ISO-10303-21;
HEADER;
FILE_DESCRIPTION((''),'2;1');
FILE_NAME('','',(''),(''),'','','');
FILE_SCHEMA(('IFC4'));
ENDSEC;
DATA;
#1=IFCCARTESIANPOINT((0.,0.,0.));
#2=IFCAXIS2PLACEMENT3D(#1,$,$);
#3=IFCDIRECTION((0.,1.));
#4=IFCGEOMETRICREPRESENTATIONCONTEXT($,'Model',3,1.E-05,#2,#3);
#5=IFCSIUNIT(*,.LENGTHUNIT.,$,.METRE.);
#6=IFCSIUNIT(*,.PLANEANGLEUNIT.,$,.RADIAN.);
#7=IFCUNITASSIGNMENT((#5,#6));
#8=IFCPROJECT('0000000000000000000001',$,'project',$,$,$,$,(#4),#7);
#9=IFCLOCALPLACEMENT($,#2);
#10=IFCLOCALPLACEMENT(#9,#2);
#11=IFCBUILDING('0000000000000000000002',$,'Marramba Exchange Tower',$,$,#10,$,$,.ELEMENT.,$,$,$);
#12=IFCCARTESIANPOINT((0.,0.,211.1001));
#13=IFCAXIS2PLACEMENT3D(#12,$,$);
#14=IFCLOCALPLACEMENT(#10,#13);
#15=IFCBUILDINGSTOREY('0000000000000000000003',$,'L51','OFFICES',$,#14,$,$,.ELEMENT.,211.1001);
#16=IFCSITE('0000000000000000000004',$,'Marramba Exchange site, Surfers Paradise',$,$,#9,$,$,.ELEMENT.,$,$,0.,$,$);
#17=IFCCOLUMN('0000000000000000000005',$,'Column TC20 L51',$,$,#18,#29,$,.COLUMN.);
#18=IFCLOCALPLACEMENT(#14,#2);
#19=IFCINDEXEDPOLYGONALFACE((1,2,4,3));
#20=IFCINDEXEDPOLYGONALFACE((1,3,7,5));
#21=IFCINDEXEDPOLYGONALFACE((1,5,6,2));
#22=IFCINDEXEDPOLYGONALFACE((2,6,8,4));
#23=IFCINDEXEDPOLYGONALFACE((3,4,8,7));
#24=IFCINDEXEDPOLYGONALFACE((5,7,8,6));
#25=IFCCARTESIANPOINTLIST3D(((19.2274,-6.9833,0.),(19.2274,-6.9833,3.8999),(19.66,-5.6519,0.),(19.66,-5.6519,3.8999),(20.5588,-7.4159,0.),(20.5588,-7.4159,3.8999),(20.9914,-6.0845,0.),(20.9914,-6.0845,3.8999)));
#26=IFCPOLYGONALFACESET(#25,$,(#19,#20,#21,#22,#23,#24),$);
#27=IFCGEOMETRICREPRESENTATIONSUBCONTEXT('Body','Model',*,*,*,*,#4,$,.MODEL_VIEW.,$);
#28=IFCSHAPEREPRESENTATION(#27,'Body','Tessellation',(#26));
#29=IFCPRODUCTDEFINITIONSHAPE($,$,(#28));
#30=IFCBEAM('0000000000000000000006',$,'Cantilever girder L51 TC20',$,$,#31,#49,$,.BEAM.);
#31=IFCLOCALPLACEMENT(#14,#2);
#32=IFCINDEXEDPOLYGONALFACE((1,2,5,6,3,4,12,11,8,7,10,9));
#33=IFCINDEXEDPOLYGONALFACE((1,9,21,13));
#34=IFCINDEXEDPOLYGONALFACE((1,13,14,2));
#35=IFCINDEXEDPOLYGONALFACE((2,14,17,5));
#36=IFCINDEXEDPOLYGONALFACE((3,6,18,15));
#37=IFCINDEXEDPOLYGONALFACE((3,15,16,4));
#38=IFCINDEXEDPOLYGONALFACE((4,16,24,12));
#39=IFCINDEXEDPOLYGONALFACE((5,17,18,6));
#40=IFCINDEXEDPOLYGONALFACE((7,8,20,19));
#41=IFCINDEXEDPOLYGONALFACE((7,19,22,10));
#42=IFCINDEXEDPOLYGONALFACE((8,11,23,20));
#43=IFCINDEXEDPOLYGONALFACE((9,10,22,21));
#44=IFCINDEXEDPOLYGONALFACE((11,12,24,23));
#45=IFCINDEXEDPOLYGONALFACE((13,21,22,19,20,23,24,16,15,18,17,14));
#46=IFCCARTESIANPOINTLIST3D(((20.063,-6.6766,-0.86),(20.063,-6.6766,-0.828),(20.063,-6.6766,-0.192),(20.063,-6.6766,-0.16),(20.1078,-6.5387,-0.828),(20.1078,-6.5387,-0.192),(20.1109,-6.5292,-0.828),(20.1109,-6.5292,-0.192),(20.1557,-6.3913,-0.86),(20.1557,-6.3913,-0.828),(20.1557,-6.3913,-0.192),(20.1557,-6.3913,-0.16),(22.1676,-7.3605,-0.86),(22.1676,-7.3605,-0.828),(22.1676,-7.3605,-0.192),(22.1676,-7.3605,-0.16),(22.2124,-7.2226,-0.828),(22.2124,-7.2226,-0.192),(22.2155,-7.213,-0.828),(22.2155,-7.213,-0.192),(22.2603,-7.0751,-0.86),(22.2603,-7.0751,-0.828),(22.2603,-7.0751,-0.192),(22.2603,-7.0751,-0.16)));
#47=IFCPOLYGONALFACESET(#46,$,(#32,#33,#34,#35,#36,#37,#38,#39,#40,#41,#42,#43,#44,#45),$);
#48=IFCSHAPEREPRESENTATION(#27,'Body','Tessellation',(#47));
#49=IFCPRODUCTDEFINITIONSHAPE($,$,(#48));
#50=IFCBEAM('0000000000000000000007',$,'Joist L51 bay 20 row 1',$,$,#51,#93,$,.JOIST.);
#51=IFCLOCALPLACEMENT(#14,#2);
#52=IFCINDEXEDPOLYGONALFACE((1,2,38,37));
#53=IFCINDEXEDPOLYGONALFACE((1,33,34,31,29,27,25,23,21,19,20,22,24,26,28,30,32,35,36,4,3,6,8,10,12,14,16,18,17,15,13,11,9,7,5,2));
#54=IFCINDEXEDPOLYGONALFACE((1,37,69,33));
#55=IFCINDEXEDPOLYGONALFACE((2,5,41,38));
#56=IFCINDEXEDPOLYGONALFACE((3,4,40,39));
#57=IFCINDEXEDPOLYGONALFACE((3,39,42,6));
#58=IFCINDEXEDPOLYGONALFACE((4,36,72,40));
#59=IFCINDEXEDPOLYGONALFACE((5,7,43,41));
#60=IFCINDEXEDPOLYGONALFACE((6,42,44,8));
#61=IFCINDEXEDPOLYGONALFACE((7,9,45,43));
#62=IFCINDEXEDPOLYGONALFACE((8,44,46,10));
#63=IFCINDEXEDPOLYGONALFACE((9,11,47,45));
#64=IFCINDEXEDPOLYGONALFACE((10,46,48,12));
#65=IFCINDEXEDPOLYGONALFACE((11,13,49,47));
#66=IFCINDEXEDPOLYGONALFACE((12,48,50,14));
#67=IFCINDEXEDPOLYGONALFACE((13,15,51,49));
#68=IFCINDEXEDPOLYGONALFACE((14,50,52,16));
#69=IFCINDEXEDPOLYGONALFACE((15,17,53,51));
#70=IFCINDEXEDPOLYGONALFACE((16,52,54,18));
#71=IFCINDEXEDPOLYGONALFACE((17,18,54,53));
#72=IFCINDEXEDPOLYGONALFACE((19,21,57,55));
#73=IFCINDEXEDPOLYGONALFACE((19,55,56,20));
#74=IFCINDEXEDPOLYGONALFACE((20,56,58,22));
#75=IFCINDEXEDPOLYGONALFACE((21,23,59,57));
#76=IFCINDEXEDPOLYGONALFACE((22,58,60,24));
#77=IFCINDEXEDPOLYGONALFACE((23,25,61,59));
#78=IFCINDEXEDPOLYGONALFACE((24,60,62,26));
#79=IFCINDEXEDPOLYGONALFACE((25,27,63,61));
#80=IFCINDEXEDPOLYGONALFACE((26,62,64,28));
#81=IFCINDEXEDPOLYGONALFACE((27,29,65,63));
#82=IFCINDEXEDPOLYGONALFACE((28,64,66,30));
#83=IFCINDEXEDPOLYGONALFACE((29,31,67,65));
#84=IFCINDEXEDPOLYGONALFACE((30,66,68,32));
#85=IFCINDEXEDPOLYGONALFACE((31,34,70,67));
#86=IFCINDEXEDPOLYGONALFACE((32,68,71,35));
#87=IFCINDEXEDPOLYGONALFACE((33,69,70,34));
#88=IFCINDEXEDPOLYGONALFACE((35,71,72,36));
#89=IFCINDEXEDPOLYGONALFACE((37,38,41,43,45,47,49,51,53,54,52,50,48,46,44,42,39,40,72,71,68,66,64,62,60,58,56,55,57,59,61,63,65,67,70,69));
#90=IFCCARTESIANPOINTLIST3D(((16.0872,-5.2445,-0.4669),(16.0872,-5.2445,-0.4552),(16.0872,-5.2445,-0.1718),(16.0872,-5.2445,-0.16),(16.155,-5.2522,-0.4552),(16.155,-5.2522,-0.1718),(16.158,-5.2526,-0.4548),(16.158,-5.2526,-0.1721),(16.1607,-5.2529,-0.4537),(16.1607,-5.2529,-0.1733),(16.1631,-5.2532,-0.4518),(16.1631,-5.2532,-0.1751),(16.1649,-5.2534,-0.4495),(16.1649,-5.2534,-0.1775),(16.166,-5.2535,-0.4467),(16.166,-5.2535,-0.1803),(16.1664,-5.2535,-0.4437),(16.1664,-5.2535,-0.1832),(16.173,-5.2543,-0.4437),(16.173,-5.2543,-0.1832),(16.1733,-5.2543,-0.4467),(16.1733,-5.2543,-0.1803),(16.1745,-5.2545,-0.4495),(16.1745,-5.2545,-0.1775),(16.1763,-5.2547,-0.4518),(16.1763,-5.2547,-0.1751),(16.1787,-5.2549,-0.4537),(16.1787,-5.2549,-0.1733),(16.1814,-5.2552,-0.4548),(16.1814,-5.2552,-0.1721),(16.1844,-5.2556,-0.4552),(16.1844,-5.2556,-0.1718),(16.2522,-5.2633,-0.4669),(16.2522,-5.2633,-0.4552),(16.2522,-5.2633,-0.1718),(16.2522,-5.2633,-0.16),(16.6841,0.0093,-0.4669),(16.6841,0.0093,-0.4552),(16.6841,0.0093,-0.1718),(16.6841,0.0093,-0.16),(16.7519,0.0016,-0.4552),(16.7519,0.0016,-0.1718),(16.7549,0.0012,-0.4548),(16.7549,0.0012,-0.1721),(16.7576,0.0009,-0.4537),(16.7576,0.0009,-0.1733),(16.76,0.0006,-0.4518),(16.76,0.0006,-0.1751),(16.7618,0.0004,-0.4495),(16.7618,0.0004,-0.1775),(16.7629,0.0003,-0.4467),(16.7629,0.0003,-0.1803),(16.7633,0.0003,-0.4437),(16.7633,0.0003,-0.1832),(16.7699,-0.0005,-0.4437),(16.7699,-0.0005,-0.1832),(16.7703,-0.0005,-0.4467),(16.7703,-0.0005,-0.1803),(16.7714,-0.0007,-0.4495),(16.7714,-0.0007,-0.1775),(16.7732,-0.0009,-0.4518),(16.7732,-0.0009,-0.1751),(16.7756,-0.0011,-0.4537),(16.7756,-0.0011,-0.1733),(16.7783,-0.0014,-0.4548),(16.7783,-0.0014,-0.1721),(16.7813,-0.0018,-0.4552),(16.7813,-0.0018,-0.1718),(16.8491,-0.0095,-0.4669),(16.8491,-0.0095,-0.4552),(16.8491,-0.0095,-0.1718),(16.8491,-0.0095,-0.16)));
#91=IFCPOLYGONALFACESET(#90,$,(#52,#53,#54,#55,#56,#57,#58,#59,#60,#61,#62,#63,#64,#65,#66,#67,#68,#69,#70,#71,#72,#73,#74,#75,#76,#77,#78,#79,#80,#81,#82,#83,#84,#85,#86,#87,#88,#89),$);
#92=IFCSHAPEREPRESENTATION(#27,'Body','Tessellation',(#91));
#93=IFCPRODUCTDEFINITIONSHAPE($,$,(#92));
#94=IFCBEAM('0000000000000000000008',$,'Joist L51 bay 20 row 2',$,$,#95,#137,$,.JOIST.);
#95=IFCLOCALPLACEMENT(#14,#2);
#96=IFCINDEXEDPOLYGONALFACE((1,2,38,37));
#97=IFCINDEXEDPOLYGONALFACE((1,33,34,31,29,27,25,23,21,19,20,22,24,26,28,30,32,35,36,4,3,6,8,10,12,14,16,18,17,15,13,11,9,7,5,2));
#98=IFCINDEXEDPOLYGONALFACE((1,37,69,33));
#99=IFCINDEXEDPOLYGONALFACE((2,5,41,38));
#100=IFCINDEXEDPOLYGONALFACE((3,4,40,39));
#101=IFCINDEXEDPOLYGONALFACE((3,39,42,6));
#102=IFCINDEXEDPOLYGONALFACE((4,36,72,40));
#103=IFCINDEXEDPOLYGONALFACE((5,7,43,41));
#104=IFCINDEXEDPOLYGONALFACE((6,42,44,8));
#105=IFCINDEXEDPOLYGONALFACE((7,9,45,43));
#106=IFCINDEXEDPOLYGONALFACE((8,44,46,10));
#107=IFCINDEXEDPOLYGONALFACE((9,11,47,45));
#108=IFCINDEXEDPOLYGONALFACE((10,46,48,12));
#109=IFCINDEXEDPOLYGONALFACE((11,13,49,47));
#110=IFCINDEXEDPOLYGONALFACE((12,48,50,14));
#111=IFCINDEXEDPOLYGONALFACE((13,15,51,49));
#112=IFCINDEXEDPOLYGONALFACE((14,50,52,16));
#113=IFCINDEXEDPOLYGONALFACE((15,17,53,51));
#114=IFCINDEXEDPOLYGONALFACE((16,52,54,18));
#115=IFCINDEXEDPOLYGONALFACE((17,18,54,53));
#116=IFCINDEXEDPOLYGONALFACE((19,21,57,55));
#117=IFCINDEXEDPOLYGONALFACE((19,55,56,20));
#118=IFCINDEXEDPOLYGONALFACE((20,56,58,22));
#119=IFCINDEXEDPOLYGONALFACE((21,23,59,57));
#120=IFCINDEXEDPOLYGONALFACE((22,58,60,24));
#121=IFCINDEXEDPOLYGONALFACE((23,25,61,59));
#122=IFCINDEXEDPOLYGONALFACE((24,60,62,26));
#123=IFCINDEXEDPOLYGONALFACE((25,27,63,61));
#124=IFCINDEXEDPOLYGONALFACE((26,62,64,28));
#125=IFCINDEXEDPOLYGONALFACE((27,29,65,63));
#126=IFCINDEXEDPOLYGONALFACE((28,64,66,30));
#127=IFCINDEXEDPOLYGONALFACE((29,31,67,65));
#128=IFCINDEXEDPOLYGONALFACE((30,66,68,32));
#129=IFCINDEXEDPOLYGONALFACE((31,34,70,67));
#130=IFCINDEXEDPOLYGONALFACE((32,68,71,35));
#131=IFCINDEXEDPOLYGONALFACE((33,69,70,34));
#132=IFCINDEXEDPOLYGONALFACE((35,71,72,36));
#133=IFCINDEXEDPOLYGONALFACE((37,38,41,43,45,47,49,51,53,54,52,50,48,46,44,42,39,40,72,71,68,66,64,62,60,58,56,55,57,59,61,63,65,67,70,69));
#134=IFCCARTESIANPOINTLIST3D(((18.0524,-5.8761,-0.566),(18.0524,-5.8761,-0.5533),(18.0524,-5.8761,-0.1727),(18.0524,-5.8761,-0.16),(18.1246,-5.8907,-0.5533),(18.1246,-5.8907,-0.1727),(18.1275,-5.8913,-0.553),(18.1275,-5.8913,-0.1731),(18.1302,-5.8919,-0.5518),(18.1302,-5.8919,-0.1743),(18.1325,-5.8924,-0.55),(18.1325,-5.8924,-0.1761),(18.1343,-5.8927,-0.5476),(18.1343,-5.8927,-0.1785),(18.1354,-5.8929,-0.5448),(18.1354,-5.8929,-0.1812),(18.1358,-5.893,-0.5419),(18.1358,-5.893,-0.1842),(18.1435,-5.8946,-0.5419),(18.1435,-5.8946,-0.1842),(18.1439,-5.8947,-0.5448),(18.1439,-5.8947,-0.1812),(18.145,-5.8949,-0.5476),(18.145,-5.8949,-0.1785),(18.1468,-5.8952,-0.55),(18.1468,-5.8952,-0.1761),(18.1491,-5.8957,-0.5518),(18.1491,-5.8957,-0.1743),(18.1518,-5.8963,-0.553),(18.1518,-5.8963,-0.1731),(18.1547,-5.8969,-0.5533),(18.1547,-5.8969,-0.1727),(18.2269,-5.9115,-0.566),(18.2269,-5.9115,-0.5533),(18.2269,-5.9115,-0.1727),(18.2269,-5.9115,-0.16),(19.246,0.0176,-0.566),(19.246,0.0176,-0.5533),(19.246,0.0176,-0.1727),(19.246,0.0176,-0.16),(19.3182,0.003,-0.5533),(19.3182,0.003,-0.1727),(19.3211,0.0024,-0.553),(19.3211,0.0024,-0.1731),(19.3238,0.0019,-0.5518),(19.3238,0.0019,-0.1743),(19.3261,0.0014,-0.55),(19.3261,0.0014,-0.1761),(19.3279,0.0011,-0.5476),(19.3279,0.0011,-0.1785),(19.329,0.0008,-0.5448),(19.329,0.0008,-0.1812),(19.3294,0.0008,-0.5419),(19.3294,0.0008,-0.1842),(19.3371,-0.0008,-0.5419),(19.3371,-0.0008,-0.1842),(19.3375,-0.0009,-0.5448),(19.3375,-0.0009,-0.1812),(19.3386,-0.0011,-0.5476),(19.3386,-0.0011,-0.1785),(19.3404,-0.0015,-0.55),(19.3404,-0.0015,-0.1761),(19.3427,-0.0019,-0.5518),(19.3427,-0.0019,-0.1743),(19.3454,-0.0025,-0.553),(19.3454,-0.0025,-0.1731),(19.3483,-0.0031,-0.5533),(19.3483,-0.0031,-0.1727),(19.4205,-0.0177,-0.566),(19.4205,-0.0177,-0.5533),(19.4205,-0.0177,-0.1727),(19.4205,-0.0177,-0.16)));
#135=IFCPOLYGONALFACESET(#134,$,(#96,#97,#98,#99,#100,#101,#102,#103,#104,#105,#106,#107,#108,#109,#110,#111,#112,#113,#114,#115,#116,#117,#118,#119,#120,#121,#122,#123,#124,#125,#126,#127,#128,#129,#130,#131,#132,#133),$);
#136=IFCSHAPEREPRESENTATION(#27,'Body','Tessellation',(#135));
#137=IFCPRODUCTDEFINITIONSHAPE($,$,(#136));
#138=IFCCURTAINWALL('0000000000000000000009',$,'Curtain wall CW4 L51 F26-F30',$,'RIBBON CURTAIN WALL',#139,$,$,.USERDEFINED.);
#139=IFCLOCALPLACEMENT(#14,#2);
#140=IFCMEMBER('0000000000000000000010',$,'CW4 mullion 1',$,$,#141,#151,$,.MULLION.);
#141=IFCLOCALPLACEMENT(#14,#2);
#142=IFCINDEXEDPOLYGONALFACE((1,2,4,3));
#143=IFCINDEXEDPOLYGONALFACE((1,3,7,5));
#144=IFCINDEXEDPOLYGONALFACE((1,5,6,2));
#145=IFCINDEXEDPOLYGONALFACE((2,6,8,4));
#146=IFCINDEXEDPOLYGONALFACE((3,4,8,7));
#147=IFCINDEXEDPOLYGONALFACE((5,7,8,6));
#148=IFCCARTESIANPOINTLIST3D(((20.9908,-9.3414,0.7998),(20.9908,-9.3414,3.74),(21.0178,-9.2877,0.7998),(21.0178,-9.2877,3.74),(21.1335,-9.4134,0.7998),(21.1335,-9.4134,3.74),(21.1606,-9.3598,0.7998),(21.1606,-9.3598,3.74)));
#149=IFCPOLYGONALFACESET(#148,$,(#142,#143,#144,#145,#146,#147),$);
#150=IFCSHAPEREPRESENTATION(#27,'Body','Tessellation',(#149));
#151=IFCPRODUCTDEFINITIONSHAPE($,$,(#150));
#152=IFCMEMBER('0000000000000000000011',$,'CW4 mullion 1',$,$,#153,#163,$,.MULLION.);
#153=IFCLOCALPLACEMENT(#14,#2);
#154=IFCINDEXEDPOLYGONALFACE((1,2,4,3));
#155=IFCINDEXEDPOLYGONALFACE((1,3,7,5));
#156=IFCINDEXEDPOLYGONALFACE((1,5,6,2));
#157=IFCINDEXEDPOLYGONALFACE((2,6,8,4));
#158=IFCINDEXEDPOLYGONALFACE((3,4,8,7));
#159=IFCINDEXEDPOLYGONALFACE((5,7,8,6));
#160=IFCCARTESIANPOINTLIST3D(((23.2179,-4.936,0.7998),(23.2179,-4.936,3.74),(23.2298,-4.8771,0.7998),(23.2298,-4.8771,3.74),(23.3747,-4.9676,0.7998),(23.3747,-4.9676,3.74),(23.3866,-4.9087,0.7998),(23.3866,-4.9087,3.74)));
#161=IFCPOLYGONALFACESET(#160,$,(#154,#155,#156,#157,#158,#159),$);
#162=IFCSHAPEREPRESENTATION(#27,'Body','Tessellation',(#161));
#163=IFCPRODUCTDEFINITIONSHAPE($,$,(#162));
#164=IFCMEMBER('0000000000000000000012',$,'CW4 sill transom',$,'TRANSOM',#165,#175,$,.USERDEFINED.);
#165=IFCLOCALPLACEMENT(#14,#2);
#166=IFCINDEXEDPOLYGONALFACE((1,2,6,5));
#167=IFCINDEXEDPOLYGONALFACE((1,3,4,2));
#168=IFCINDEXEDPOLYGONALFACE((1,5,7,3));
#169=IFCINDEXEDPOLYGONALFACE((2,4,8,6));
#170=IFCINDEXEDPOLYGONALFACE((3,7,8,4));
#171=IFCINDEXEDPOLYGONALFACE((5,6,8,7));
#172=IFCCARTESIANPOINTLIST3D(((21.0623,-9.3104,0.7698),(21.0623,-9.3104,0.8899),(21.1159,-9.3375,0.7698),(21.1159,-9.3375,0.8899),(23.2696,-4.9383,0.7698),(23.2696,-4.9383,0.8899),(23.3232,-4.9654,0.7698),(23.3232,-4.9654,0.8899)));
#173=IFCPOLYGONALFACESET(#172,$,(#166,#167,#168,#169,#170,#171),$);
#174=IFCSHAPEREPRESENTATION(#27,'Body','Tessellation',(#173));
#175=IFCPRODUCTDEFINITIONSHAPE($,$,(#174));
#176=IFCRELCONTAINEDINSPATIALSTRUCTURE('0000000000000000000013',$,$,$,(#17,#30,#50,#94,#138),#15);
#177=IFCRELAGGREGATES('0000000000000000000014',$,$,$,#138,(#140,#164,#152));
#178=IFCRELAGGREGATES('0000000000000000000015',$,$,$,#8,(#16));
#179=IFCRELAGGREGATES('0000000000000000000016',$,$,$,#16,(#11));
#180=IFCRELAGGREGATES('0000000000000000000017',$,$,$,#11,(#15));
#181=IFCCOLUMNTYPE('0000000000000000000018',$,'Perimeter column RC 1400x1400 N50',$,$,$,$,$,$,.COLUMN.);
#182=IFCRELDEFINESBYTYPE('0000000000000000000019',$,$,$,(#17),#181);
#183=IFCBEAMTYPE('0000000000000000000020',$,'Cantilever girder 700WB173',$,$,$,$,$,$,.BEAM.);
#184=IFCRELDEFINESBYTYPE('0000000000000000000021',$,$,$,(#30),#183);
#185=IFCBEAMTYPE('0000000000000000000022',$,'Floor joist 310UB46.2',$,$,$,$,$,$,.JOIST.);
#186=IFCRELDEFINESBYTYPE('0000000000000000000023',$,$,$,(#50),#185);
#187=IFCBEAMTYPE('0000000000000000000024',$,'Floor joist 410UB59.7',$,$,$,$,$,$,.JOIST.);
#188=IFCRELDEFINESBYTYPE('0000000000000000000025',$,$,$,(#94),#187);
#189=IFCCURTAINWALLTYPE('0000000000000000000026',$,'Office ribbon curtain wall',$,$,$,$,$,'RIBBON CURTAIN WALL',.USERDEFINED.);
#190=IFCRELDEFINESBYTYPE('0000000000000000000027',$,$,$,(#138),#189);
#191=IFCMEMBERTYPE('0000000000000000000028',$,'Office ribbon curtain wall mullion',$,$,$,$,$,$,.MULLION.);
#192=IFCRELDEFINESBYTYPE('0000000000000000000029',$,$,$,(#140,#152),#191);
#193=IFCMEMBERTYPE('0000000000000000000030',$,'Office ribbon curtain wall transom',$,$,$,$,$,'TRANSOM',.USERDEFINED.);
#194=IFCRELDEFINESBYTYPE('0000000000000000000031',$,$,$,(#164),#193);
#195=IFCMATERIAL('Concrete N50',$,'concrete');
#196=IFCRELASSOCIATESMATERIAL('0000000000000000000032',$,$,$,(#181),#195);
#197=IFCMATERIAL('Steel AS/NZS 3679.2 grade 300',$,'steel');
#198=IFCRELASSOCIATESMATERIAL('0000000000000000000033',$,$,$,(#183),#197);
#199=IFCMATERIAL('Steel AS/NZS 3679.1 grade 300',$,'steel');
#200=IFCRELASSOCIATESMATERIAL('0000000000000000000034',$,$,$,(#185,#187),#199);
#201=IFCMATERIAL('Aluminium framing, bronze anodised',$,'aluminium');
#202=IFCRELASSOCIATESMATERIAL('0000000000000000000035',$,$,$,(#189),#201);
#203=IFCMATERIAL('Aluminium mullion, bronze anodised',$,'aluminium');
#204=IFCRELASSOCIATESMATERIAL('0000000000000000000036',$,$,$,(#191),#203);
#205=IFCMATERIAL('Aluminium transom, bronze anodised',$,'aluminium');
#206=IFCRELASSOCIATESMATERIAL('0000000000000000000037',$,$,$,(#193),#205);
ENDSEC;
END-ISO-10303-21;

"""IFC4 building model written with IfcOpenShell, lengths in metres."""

from ifc_helpers import new_model, si_unit, direction, frame, origin, origin_2d, place, context, subcontext, project, spatial, rectangle, i_section, extrude, material, material_profile, profile_set, type_object, element, aggregate, save


model = new_model("IFC4")

# Units and contexts
model_context = context("Model", 3, precision=1e-05, world=origin(), true_north=direction((0.0, 1.0)))
body_context = subcontext(model_context, "Body", "Model", "MODEL_VIEW")
ifc_project = project(units=[si_unit("LENGTHUNIT", "METRE"), si_unit("PLANEANGLEUNIT", "RADIAN")], contexts=[model_context])

# Site, building, storey
site_placement = place(None, origin())
site = spatial("IfcSite", under=ifc_project, at=site_placement, Name="Marramba Exchange site, Surfers Paradise", CompositionType="ELEMENT", RefElevation=0.0)
building_placement = place(site_placement, origin())
building = spatial("IfcBuilding", under=site, at=building_placement, Name="Marramba Exchange Tower", CompositionType="ELEMENT")
storey_placement = place(building_placement, frame((0.0, 0.0, 211.1001)))
storey = spatial("IfcBuildingStorey", under=building, at=storey_placement, Name="L51", Description="OFFICES", CompositionType="ELEMENT", Elevation=211.1001)

# Column
ifc_material_1 = material(Name="Concrete N50", Category="concrete")
ifc_material_profile_1 = material_profile(ifc_material_1, rectangle(XDim=1.3999, YDim=1.3999, at=origin_2d()), Name="RC 1400x1400")
ifc_profile_set_1 = profile_set([ifc_material_profile_1], Name="Concrete N50")
column_type = type_object("IfcColumnType", Name="Perimeter column RC 1400x1400 N50", PredefinedType="COLUMN", material=ifc_profile_set_1)
column_placement = place(storey_placement, frame((20.1094, -6.5339, 0.0), z_axis=(0.0, 0.0, 1.0), x_axis=(0.951057, -0.309017, 0.0)))
element("IfcColumn", 1, at=column_placement, inside=storey, type_object=column_type, Name="Column TC20 L51", PredefinedType="COLUMN", context=body_context, shape_type="SweptSolid", body=[
    extrude(rectangle(XDim=1.3999, YDim=1.3999, at=origin_2d()), origin(), (0.0, 0.0, 1.0), 3.8999),
])

# Beams
ifc_material_2 = material(Name="Steel AS/NZS 3679.2 grade 300", Category="steel")
ifc_material_profile_2 = material_profile(ifc_material_2, i_section(OverallWidth=0.3, OverallDepth=0.7, WebThickness=0.01, FlangeThickness=0.032, at=origin_2d()), Name="700WB173")
ifc_profile_set_2 = profile_set([ifc_material_profile_2], Name="Steel AS/NZS 3679.2 grade 300")
beam_type_1 = type_object("IfcBeamType", Name="Cantilever girder 700WB173", PredefinedType="BEAM", material=ifc_profile_set_2)
beam_1_placement = place(storey_placement, frame((20.1094, -6.5339, -0.51), z_axis=(0.95105, -0.309036, 0.0), x_axis=(0.309036, 0.95105, 0.0)))
element("IfcBeam", 2, at=beam_1_placement, inside=storey, type_object=beam_type_1, Name="Cantilever girder L51 TC20", PredefinedType="BEAM", context=body_context, shape_type="SweptSolid", body=[
    extrude(i_section(OverallWidth=0.3, OverallDepth=0.7, WebThickness=0.01, FlangeThickness=0.032, at=origin_2d()), origin(), (0.0, 0.0, 1.0), 2.2129),
])
ifc_material_3 = material(Name="Steel AS/NZS 3679.1 grade 300", Category="steel")
ifc_material_profile_3 = material_profile(ifc_material_3, i_section(OverallWidth=0.166, OverallDepth=0.3069, WebThickness=0.0066, FlangeThickness=0.0117, FilletRadius=0.0115, at=origin_2d()), Name="310UB46.2")
ifc_profile_set_3 = profile_set([ifc_material_profile_3], Name="Steel AS/NZS 3679.1 grade 300")
beam_type_2 = type_object("IfcBeamType", Name="Floor joist 310UB46.2", PredefinedType="JOIST", material=ifc_profile_set_3)
beam_2_placement = place(storey_placement, frame((16.1697, -5.2539, -0.3135), z_axis=(0.112889, 0.993608, 0.0), x_axis=(-0.993608, 0.112889, 0.0)))
element("IfcBeam", 3, at=beam_2_placement, inside=storey, type_object=beam_type_2, Name="Joist L51 bay 20 row 1", PredefinedType="JOIST", context=body_context, shape_type="SweptSolid", body=[
    extrude(i_section(OverallWidth=0.166, OverallDepth=0.3069, WebThickness=0.0066, FlangeThickness=0.0117, FilletRadius=0.0115, at=origin_2d()), origin(), (0.0, 0.0, 1.0), 5.2876),
])
ifc_material_profile_4 = material_profile(ifc_material_3, i_section(OverallWidth=0.178, OverallDepth=0.406, WebThickness=0.0078, FlangeThickness=0.0127, FilletRadius=0.0115, at=origin_2d()), Name="410UB59.7")
ifc_profile_set_4 = profile_set([ifc_material_profile_4], Name="Steel AS/NZS 3679.1 grade 300")
beam_type_3 = type_object("IfcBeamType", Name="Floor joist 410UB59.7", PredefinedType="JOIST", material=ifc_profile_set_4)
beam_3_placement = place(storey_placement, frame((18.1396, -5.8938, -0.363), z_axis=(0.198489, 0.980103, 0.0), x_axis=(-0.980103, 0.198489, 0.0)))
element("IfcBeam", 4, at=beam_3_placement, inside=storey, type_object=beam_type_3, Name="Joist L51 bay 20 row 2", PredefinedType="JOIST", context=body_context, shape_type="SweptSolid", body=[
    extrude(i_section(OverallWidth=0.178, OverallDepth=0.406, WebThickness=0.0078, FlangeThickness=0.0127, FilletRadius=0.0115, at=origin_2d()), origin(), (0.0, 0.0, 1.0), 6.0134),
])

# Curtain wall, members
ifc_material_4 = material(Name="Aluminium framing, bronze anodised", Category="aluminium")
curtain_wall_type = type_object("IfcCurtainWallType", Name="Office ribbon curtain wall", ElementType="RIBBON CURTAIN WALL", PredefinedType="USERDEFINED", material=ifc_material_4)
curtain_wall_placement = place(storey_placement, origin())
curtain_wall = element("IfcCurtainWall", 5, at=curtain_wall_placement, inside=storey, type_object=curtain_wall_type, Name="Curtain wall CW4 L51 F26-F30", ObjectType="RIBBON CURTAIN WALL", PredefinedType="USERDEFINED")
ifc_material_5 = material(Name="Aluminium mullion, bronze anodised", Category="aluminium")
ifc_material_profile_5 = material_profile(ifc_material_5, rectangle(XDim=0.1599, YDim=0.0601, at=origin_2d()), Name="CW4 mullion 60x160")
ifc_profile_set_5 = profile_set([ifc_material_profile_5], Name="Aluminium mullion, bronze anodised")
member_type_1 = type_object("IfcMemberType", Name="Office ribbon curtain wall mullion", PredefinedType="MULLION", material=ifc_profile_set_5)
member_1_placement = place(storey_placement, frame((21.0757, -9.3506, 0.7998), z_axis=(0.0, 0.0, 1.0), x_axis=(-0.892689, 0.450673, 0.0)))
member_1 = element("IfcMember", 6, at=member_1_placement, type_object=member_type_1, Name="CW4 mullion 1", PredefinedType="MULLION", context=body_context, shape_type="SweptSolid", body=[
    extrude(rectangle(XDim=0.1599, YDim=0.0601, at=origin_2d()), origin(), (0.0, 0.0, 1.0), 2.9402),
])
member_2_placement = place(storey_placement, frame((23.3022, -4.9224, 0.7998), z_axis=(0.0, 0.0, 1.0), x_axis=(-0.980304, 0.197495, 0.0)))
member_2 = element("IfcMember", 7, at=member_2_placement, type_object=member_type_1, Name="CW4 mullion 1", PredefinedType="MULLION", context=body_context, shape_type="SweptSolid", body=[
    extrude(rectangle(XDim=0.1599, YDim=0.0601, at=origin_2d()), origin(), (0.0, 0.0, 1.0), 2.9402),
])
ifc_material_6 = material(Name="Aluminium transom, bronze anodised", Category="aluminium")
ifc_material_profile_6 = material_profile(ifc_material_6, rectangle(XDim=0.0601, YDim=0.1201, at=origin_2d()), Name="CW4 transom 60x120")
ifc_profile_set_6 = profile_set([ifc_material_profile_6], Name="Aluminium transom, bronze anodised")
member_type_2 = type_object("IfcMemberType", Name="Office ribbon curtain wall transom", ElementType="TRANSOM", PredefinedType="USERDEFINED", material=ifc_profile_set_6)
member_3_placement = place(storey_placement, frame((21.0891, -9.324, 0.8298), z_axis=(0.45068, 0.892686, 0.0), x_axis=(-0.892686, 0.45068, 0.0)))
member_3 = element("IfcMember", 8, at=member_3_placement, type_object=member_type_2, Name="CW4 sill transom", ObjectType="TRANSOM", PredefinedType="USERDEFINED", context=body_context, shape_type="SweptSolid", body=[
    extrude(rectangle(XDim=0.0601, YDim=0.1201, at=origin_2d()), origin(), (0.0, 0.0, 1.0), 4.8977),
])

aggregate(curtain_wall, [member_1, member_3, member_2])

save(model, "model.ifc")
